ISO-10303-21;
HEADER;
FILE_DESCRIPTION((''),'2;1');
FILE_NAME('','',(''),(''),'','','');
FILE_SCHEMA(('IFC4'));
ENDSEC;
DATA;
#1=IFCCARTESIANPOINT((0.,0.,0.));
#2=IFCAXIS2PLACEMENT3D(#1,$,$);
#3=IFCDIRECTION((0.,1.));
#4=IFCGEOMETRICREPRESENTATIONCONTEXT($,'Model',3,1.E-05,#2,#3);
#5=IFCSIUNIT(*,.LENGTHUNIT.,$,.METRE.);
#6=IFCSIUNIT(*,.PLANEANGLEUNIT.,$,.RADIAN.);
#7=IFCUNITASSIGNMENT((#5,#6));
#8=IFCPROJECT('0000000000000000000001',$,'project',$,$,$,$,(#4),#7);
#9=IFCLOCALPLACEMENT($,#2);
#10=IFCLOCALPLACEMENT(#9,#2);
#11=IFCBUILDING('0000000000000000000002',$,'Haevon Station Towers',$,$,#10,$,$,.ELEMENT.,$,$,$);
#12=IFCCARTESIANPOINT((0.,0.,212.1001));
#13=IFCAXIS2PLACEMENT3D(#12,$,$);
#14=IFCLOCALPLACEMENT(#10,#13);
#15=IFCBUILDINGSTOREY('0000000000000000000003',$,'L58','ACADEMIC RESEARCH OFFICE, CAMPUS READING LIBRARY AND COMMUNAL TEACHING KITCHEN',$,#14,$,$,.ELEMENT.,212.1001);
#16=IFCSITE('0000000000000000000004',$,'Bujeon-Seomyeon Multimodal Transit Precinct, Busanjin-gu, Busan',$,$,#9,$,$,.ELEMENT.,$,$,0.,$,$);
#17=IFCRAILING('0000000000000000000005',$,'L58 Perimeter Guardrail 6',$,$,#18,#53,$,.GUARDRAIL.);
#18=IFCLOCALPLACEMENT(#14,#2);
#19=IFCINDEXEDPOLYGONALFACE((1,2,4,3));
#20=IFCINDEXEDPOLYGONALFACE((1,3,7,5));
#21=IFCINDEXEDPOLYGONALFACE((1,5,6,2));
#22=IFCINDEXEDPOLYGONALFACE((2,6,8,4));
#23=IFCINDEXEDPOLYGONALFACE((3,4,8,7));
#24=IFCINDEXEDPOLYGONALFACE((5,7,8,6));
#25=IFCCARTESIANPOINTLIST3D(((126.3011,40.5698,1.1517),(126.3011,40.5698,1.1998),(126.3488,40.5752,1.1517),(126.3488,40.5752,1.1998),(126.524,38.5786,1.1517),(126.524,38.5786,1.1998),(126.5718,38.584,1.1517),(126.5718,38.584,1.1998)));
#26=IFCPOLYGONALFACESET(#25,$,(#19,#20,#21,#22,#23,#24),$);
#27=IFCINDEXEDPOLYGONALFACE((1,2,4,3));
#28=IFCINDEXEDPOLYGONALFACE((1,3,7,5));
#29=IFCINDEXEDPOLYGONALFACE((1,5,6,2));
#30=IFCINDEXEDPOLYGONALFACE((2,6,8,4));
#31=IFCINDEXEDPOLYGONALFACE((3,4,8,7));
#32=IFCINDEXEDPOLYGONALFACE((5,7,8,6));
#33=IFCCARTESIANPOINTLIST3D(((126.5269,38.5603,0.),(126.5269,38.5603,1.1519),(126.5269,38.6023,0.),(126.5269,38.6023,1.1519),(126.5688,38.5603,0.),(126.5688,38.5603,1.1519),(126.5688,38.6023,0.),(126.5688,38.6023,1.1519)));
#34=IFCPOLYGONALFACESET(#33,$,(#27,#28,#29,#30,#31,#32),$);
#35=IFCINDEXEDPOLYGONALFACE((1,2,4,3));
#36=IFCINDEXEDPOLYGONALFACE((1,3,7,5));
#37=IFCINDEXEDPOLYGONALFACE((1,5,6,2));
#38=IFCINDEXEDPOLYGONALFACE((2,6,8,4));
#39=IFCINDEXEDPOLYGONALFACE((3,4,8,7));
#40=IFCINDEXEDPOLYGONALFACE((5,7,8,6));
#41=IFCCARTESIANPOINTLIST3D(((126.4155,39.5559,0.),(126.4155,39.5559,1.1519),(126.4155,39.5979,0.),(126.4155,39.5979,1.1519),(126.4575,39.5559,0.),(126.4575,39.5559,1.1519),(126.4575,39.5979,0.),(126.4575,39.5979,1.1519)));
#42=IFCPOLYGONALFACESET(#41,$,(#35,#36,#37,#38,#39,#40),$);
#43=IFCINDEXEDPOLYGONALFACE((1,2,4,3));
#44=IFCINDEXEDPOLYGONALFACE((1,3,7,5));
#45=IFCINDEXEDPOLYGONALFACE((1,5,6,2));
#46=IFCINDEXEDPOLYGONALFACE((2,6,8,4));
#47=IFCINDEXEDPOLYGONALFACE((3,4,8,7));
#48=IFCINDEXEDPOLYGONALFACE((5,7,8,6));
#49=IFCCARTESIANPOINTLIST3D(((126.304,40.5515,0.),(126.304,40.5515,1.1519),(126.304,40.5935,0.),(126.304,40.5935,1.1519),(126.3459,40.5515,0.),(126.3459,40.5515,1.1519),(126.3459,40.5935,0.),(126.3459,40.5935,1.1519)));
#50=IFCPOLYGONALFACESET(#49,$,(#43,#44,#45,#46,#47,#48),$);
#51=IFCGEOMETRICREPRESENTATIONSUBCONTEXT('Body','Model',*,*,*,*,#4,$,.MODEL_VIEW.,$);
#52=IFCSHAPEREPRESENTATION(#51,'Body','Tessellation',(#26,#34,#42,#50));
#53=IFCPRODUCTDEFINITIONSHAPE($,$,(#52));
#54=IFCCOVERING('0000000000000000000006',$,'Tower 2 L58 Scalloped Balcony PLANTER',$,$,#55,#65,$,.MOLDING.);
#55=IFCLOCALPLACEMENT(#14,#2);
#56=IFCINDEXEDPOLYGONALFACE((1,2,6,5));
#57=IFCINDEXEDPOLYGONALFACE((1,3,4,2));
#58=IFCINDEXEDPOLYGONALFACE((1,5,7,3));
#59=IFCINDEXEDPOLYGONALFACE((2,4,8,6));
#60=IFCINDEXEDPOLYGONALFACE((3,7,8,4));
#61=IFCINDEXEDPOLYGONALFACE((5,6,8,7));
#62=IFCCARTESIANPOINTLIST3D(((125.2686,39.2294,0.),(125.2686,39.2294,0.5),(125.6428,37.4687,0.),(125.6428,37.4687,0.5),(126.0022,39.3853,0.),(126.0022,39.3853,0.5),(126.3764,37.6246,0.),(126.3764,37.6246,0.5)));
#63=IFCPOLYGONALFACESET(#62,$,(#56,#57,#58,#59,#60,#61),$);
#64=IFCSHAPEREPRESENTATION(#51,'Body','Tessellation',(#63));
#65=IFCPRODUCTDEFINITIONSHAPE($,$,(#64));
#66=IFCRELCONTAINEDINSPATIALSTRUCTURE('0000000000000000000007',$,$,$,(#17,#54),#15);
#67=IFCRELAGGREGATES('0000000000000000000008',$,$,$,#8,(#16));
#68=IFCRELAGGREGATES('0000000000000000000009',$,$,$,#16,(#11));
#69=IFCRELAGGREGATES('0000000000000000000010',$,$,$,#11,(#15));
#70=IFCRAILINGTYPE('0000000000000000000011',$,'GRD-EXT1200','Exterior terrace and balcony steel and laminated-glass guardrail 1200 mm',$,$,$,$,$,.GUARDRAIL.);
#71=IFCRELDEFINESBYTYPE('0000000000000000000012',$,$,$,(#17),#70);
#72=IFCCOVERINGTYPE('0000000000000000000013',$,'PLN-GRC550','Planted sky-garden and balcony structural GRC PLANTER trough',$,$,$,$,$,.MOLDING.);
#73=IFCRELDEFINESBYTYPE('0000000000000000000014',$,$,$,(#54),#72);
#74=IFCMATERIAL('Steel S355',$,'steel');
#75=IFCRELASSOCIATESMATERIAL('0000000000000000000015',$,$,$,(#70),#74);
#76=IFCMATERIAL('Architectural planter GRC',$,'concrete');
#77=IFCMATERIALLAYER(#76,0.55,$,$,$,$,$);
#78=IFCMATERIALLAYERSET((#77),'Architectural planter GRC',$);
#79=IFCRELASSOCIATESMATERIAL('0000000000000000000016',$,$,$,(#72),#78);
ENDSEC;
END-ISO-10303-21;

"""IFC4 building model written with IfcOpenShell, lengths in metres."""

from ifc_helpers import new_model, si_unit, direction, frame, origin, origin_2d, place, context, subcontext, project, spatial, rectangle, extrude, material, layer, layer_set, type_object, element, save


model = new_model("IFC4")

# Units and contexts
model_context = context("Model", 3, precision=1e-05, world=origin(), true_north=direction((0.0, 1.0)))
body_context = subcontext(model_context, "Body", "Model", "MODEL_VIEW")
ifc_project = project(units=[si_unit("LENGTHUNIT", "METRE"), si_unit("PLANEANGLEUNIT", "RADIAN")], contexts=[model_context])

# Site, building, storey
site_placement = place(None, origin())
site = spatial("IfcSite", under=ifc_project, at=site_placement, Name="Bujeon-Seomyeon Multimodal Transit Precinct, Busanjin-gu, Busan", CompositionType="ELEMENT", RefElevation=0.0)
building_placement = place(site_placement, origin())
building = spatial("IfcBuilding", under=site, at=building_placement, Name="Haevon Station Towers", CompositionType="ELEMENT")
storey_placement = place(building_placement, frame((0.0, 0.0, 212.1001)))
storey = spatial("IfcBuildingStorey", under=building, at=storey_placement, Name="L58", Description="ACADEMIC RESEARCH OFFICE, CAMPUS READING LIBRARY AND COMMUNAL TEACHING KITCHEN", CompositionType="ELEMENT", Elevation=212.1001)

# Shared definitions
ifc_material_1 = material(Name="Steel S355", Category="steel")

# Railing
railing_type = type_object("IfcRailingType", Name="GRD-EXT1200", Description="Exterior terrace and balcony steel and laminated-glass guardrail 1200 mm", PredefinedType="GUARDRAIL", material=ifc_material_1)
railing_1_placement = place(storey_placement, frame((126.5479, 38.5813, 0.0)))
element("IfcRailing", 1, at=railing_1_placement, inside=storey, type_object=railing_type, Name="L58 Perimeter Guardrail 6", PredefinedType="GUARDRAIL", context=body_context, shape_type="SweptSolid", body=[
    extrude(rectangle(XDim=0.0481, YDim=0.0481, at=origin_2d()), frame((0.0, 0.0, 1.1758), z_axis=(-0.111247, 0.993793, 0.0), x_axis=(-0.993793, -0.111247, 0.0)), (0.0, 0.0, 1.0), 2.0037),
    extrude(rectangle(XDim=0.042, YDim=0.042, at=origin_2d()), origin(), (0.0, 0.0, 1.0), 1.1519),
    extrude(rectangle(XDim=0.042, YDim=0.042, at=origin_2d()), frame((-0.1113, 0.9956, 0.0)), (0.0, 0.0, 1.0), 1.1519),
    extrude(rectangle(XDim=0.042, YDim=0.042, at=origin_2d()), frame((-0.2229, 1.9912, 0.0)), (0.0, 0.0, 1.0), 1.1519),
])

# Covering
ifc_material_2 = material(Name="Architectural planter GRC", Category="concrete")
ifc_layer_1 = layer(ifc_material_2, 0.55)
ifc_layer_set_1 = layer_set([ifc_layer_1], Name="Architectural planter GRC")
covering_type = type_object("IfcCoveringType", Name="PLN-GRC550", Description="Planted sky-garden and balcony structural GRC PLANTER trough", PredefinedType="MOLDING", material=ifc_layer_set_1)
covering_placement = place(storey_placement, frame((125.8225, 38.427, 0.0), z_axis=(0.0, 0.0, 1.0), x_axis=(0.978148, 0.207912, 0.0)))
element("IfcCovering", 2, at=covering_placement, inside=storey, type_object=covering_type, Name="Tower 2 L58 Scalloped Balcony PLANTER", PredefinedType="MOLDING", context=body_context, shape_type="SweptSolid", body=[
    extrude(rectangle(XDim=0.75, YDim=1.8, at=origin_2d()), origin(), (0.0, 0.0, 1.0), 0.5),
])

save(model, "model.ifc")
